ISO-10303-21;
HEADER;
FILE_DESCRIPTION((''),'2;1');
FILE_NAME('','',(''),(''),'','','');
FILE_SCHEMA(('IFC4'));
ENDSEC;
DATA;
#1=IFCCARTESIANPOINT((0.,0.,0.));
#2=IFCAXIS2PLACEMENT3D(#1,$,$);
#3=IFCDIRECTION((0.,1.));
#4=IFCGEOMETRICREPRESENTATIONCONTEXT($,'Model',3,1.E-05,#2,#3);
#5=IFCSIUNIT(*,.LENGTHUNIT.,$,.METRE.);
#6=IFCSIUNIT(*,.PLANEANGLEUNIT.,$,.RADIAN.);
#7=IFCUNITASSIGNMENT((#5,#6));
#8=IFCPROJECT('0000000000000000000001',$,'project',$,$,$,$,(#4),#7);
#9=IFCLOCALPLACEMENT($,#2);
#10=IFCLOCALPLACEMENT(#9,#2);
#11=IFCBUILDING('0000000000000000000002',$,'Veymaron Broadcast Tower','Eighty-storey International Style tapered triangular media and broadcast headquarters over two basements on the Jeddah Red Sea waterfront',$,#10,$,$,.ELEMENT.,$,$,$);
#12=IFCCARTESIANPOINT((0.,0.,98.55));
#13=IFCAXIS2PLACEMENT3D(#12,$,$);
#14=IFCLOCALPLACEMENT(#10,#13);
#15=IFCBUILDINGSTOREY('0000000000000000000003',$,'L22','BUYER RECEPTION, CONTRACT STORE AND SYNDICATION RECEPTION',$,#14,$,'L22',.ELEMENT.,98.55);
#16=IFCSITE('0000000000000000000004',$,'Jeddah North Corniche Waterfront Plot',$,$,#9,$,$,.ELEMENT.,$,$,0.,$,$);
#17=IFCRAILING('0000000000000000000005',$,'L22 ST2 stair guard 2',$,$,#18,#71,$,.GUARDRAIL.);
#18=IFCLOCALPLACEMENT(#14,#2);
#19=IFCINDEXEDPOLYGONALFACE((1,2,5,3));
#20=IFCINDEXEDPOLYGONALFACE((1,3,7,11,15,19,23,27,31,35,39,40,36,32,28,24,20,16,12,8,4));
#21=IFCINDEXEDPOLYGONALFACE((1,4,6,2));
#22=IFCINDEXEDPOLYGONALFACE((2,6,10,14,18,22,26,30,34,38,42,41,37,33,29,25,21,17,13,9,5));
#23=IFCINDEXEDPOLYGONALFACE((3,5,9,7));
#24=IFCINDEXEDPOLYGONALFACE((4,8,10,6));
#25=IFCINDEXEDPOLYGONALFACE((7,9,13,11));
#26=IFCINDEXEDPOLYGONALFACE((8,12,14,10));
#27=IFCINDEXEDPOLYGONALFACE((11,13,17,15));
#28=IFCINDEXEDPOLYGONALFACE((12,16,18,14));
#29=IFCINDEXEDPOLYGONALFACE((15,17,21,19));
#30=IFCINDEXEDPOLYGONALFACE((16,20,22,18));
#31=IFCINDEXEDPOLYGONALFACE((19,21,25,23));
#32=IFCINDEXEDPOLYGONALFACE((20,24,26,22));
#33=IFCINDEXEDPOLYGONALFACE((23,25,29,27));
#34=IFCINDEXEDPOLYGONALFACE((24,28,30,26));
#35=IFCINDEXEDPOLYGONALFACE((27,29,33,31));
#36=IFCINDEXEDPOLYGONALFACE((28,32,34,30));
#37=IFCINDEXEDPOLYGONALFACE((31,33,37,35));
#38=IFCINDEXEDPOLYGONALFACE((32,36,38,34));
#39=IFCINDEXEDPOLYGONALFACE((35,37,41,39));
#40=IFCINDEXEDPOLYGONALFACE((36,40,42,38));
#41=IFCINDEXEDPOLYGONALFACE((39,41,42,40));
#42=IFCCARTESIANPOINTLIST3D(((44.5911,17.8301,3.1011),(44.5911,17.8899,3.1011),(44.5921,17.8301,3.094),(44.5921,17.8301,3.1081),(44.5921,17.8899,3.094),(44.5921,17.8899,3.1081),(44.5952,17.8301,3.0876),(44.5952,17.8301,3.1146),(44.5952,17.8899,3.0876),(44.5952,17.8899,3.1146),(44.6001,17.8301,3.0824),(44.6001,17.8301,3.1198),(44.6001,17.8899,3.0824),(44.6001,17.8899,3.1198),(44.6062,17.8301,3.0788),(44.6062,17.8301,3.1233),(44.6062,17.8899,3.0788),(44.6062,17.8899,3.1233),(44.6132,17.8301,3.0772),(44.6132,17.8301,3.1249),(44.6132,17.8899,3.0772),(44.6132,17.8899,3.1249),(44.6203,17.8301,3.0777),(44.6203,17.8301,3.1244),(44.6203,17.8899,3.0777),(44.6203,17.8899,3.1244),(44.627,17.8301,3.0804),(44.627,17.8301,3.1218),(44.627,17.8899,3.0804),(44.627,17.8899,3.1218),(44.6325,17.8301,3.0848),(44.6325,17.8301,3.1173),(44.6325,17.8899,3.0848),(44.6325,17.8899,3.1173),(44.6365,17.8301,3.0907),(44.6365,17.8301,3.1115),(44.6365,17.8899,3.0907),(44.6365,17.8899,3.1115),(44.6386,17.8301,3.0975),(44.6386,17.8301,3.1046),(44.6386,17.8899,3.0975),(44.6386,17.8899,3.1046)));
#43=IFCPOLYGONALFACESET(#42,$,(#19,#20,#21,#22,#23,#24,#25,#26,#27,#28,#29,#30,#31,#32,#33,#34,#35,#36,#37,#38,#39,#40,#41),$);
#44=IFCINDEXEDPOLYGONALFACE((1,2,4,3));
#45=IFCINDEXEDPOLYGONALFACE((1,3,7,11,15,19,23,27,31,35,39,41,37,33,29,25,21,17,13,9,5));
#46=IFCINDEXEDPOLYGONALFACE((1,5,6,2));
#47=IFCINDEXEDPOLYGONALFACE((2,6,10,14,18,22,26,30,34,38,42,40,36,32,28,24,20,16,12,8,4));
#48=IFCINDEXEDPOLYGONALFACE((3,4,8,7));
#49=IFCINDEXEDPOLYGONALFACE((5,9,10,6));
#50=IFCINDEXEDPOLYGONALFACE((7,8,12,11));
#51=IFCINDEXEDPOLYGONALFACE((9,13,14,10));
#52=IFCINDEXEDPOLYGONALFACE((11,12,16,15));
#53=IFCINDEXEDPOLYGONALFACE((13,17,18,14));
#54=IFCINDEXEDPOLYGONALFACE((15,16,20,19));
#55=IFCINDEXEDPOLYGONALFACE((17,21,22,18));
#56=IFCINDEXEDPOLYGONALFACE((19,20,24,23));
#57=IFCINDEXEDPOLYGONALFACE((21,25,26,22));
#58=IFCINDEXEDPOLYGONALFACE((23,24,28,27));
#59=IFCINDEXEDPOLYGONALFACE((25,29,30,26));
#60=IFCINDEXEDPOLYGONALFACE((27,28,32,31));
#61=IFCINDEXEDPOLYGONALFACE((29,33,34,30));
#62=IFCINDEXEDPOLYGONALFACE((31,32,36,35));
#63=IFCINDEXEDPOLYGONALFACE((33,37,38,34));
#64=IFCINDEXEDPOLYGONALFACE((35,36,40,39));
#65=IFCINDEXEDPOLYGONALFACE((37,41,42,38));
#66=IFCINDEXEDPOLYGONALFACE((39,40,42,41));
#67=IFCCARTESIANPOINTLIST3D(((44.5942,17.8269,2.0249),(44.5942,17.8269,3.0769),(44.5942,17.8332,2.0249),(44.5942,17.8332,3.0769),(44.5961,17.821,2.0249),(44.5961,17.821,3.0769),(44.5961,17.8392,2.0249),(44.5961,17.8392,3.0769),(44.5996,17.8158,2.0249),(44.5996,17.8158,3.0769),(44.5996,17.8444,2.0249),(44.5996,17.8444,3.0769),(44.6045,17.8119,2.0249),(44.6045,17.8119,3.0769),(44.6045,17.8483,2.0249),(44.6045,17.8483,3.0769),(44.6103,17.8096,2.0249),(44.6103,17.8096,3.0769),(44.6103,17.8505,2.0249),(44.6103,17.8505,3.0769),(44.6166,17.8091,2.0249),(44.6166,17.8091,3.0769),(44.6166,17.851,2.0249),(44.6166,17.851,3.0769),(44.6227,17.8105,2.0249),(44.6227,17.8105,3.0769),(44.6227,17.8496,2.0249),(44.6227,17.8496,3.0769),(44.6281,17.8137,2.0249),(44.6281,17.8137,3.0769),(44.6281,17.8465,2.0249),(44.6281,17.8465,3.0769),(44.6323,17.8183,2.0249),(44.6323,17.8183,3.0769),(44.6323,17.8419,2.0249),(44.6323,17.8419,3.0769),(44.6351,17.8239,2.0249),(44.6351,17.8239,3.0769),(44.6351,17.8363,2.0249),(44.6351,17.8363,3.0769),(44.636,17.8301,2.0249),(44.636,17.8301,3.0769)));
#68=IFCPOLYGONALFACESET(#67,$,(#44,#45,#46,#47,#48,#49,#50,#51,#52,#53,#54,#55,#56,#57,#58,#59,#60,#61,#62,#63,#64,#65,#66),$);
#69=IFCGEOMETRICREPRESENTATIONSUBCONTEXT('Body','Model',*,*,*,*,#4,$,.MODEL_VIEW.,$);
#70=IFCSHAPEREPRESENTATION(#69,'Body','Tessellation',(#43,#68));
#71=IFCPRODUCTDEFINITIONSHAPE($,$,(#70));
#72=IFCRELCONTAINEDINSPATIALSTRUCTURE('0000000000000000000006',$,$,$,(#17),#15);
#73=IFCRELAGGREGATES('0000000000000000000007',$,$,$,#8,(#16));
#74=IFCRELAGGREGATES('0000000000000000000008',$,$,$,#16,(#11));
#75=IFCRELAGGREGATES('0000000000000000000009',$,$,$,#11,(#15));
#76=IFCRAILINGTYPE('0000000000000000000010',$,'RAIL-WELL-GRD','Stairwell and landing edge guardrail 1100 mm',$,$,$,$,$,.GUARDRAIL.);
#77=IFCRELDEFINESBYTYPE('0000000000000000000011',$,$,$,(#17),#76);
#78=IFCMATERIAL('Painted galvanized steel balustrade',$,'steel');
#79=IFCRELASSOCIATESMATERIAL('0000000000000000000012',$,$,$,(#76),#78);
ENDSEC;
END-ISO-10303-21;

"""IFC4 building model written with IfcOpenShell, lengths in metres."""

from ifc_helpers import new_model, si_unit, direction, frame, origin, origin_2d, place, context, subcontext, project, spatial, circle, extrude, material, type_object, element, save


model = new_model("IFC4")

# Units and contexts
model_context = context("Model", 3, precision=1e-05, world=origin(), true_north=direction((0.0, 1.0)))
body_context = subcontext(model_context, "Body", "Model", "MODEL_VIEW")
ifc_project = project(units=[si_unit("LENGTHUNIT", "METRE"), si_unit("PLANEANGLEUNIT", "RADIAN")], contexts=[model_context])

# Site, building, storey
site_placement = place(None, origin())
site = spatial("IfcSite", under=ifc_project, at=site_placement, Name="Jeddah North Corniche Waterfront Plot", CompositionType="ELEMENT", RefElevation=0.0)
building_placement = place(site_placement, origin())
building = spatial("IfcBuilding", under=site, at=building_placement, Name="Veymaron Broadcast Tower", Description="Eighty-storey International Style tapered triangular media and broadcast headquarters over two basements on the Jeddah Red Sea waterfront", CompositionType="ELEMENT")
storey_placement = place(building_placement, frame((0.0, 0.0, 98.55)))
storey = spatial("IfcBuildingStorey", under=building, at=storey_placement, Name="L22", Description="BUYER RECEPTION, CONTRACT STORE AND SYNDICATION RECEPTION", LongName="L22", CompositionType="ELEMENT", Elevation=98.55)

# Railing
ifc_material_1 = material(Name="Painted galvanized steel balustrade", Category="steel")
railing_type_1 = type_object("IfcRailingType", Name="RAIL-WELL-GRD", Description="Stairwell and landing edge guardrail 1100 mm", PredefinedType="GUARDRAIL", material=ifc_material_1)
railing_1_placement = place(storey_placement, frame((44.615, 17.8301, 2.0249)))
element("IfcRailing", 1, at=railing_1_placement, inside=storey, type_object=railing_type_1, Name="L22 ST2 stair guard 2", PredefinedType="GUARDRAIL", context=body_context, shape_type="SweptSolid", body=[
    extrude(circle(Radius=0.0239, at=origin_2d()), frame((0.0, 0.0, 1.0762), z_axis=(0.0, 1.0, 0.0), x_axis=(-1.0, 0.0, 0.0)), (0.0, 0.0, 1.0), 0.0598),
    extrude(circle(Radius=0.021, at=origin_2d()), origin(), (0.0, 0.0, 1.0), 1.052),
])

save(model, "model.ifc")
